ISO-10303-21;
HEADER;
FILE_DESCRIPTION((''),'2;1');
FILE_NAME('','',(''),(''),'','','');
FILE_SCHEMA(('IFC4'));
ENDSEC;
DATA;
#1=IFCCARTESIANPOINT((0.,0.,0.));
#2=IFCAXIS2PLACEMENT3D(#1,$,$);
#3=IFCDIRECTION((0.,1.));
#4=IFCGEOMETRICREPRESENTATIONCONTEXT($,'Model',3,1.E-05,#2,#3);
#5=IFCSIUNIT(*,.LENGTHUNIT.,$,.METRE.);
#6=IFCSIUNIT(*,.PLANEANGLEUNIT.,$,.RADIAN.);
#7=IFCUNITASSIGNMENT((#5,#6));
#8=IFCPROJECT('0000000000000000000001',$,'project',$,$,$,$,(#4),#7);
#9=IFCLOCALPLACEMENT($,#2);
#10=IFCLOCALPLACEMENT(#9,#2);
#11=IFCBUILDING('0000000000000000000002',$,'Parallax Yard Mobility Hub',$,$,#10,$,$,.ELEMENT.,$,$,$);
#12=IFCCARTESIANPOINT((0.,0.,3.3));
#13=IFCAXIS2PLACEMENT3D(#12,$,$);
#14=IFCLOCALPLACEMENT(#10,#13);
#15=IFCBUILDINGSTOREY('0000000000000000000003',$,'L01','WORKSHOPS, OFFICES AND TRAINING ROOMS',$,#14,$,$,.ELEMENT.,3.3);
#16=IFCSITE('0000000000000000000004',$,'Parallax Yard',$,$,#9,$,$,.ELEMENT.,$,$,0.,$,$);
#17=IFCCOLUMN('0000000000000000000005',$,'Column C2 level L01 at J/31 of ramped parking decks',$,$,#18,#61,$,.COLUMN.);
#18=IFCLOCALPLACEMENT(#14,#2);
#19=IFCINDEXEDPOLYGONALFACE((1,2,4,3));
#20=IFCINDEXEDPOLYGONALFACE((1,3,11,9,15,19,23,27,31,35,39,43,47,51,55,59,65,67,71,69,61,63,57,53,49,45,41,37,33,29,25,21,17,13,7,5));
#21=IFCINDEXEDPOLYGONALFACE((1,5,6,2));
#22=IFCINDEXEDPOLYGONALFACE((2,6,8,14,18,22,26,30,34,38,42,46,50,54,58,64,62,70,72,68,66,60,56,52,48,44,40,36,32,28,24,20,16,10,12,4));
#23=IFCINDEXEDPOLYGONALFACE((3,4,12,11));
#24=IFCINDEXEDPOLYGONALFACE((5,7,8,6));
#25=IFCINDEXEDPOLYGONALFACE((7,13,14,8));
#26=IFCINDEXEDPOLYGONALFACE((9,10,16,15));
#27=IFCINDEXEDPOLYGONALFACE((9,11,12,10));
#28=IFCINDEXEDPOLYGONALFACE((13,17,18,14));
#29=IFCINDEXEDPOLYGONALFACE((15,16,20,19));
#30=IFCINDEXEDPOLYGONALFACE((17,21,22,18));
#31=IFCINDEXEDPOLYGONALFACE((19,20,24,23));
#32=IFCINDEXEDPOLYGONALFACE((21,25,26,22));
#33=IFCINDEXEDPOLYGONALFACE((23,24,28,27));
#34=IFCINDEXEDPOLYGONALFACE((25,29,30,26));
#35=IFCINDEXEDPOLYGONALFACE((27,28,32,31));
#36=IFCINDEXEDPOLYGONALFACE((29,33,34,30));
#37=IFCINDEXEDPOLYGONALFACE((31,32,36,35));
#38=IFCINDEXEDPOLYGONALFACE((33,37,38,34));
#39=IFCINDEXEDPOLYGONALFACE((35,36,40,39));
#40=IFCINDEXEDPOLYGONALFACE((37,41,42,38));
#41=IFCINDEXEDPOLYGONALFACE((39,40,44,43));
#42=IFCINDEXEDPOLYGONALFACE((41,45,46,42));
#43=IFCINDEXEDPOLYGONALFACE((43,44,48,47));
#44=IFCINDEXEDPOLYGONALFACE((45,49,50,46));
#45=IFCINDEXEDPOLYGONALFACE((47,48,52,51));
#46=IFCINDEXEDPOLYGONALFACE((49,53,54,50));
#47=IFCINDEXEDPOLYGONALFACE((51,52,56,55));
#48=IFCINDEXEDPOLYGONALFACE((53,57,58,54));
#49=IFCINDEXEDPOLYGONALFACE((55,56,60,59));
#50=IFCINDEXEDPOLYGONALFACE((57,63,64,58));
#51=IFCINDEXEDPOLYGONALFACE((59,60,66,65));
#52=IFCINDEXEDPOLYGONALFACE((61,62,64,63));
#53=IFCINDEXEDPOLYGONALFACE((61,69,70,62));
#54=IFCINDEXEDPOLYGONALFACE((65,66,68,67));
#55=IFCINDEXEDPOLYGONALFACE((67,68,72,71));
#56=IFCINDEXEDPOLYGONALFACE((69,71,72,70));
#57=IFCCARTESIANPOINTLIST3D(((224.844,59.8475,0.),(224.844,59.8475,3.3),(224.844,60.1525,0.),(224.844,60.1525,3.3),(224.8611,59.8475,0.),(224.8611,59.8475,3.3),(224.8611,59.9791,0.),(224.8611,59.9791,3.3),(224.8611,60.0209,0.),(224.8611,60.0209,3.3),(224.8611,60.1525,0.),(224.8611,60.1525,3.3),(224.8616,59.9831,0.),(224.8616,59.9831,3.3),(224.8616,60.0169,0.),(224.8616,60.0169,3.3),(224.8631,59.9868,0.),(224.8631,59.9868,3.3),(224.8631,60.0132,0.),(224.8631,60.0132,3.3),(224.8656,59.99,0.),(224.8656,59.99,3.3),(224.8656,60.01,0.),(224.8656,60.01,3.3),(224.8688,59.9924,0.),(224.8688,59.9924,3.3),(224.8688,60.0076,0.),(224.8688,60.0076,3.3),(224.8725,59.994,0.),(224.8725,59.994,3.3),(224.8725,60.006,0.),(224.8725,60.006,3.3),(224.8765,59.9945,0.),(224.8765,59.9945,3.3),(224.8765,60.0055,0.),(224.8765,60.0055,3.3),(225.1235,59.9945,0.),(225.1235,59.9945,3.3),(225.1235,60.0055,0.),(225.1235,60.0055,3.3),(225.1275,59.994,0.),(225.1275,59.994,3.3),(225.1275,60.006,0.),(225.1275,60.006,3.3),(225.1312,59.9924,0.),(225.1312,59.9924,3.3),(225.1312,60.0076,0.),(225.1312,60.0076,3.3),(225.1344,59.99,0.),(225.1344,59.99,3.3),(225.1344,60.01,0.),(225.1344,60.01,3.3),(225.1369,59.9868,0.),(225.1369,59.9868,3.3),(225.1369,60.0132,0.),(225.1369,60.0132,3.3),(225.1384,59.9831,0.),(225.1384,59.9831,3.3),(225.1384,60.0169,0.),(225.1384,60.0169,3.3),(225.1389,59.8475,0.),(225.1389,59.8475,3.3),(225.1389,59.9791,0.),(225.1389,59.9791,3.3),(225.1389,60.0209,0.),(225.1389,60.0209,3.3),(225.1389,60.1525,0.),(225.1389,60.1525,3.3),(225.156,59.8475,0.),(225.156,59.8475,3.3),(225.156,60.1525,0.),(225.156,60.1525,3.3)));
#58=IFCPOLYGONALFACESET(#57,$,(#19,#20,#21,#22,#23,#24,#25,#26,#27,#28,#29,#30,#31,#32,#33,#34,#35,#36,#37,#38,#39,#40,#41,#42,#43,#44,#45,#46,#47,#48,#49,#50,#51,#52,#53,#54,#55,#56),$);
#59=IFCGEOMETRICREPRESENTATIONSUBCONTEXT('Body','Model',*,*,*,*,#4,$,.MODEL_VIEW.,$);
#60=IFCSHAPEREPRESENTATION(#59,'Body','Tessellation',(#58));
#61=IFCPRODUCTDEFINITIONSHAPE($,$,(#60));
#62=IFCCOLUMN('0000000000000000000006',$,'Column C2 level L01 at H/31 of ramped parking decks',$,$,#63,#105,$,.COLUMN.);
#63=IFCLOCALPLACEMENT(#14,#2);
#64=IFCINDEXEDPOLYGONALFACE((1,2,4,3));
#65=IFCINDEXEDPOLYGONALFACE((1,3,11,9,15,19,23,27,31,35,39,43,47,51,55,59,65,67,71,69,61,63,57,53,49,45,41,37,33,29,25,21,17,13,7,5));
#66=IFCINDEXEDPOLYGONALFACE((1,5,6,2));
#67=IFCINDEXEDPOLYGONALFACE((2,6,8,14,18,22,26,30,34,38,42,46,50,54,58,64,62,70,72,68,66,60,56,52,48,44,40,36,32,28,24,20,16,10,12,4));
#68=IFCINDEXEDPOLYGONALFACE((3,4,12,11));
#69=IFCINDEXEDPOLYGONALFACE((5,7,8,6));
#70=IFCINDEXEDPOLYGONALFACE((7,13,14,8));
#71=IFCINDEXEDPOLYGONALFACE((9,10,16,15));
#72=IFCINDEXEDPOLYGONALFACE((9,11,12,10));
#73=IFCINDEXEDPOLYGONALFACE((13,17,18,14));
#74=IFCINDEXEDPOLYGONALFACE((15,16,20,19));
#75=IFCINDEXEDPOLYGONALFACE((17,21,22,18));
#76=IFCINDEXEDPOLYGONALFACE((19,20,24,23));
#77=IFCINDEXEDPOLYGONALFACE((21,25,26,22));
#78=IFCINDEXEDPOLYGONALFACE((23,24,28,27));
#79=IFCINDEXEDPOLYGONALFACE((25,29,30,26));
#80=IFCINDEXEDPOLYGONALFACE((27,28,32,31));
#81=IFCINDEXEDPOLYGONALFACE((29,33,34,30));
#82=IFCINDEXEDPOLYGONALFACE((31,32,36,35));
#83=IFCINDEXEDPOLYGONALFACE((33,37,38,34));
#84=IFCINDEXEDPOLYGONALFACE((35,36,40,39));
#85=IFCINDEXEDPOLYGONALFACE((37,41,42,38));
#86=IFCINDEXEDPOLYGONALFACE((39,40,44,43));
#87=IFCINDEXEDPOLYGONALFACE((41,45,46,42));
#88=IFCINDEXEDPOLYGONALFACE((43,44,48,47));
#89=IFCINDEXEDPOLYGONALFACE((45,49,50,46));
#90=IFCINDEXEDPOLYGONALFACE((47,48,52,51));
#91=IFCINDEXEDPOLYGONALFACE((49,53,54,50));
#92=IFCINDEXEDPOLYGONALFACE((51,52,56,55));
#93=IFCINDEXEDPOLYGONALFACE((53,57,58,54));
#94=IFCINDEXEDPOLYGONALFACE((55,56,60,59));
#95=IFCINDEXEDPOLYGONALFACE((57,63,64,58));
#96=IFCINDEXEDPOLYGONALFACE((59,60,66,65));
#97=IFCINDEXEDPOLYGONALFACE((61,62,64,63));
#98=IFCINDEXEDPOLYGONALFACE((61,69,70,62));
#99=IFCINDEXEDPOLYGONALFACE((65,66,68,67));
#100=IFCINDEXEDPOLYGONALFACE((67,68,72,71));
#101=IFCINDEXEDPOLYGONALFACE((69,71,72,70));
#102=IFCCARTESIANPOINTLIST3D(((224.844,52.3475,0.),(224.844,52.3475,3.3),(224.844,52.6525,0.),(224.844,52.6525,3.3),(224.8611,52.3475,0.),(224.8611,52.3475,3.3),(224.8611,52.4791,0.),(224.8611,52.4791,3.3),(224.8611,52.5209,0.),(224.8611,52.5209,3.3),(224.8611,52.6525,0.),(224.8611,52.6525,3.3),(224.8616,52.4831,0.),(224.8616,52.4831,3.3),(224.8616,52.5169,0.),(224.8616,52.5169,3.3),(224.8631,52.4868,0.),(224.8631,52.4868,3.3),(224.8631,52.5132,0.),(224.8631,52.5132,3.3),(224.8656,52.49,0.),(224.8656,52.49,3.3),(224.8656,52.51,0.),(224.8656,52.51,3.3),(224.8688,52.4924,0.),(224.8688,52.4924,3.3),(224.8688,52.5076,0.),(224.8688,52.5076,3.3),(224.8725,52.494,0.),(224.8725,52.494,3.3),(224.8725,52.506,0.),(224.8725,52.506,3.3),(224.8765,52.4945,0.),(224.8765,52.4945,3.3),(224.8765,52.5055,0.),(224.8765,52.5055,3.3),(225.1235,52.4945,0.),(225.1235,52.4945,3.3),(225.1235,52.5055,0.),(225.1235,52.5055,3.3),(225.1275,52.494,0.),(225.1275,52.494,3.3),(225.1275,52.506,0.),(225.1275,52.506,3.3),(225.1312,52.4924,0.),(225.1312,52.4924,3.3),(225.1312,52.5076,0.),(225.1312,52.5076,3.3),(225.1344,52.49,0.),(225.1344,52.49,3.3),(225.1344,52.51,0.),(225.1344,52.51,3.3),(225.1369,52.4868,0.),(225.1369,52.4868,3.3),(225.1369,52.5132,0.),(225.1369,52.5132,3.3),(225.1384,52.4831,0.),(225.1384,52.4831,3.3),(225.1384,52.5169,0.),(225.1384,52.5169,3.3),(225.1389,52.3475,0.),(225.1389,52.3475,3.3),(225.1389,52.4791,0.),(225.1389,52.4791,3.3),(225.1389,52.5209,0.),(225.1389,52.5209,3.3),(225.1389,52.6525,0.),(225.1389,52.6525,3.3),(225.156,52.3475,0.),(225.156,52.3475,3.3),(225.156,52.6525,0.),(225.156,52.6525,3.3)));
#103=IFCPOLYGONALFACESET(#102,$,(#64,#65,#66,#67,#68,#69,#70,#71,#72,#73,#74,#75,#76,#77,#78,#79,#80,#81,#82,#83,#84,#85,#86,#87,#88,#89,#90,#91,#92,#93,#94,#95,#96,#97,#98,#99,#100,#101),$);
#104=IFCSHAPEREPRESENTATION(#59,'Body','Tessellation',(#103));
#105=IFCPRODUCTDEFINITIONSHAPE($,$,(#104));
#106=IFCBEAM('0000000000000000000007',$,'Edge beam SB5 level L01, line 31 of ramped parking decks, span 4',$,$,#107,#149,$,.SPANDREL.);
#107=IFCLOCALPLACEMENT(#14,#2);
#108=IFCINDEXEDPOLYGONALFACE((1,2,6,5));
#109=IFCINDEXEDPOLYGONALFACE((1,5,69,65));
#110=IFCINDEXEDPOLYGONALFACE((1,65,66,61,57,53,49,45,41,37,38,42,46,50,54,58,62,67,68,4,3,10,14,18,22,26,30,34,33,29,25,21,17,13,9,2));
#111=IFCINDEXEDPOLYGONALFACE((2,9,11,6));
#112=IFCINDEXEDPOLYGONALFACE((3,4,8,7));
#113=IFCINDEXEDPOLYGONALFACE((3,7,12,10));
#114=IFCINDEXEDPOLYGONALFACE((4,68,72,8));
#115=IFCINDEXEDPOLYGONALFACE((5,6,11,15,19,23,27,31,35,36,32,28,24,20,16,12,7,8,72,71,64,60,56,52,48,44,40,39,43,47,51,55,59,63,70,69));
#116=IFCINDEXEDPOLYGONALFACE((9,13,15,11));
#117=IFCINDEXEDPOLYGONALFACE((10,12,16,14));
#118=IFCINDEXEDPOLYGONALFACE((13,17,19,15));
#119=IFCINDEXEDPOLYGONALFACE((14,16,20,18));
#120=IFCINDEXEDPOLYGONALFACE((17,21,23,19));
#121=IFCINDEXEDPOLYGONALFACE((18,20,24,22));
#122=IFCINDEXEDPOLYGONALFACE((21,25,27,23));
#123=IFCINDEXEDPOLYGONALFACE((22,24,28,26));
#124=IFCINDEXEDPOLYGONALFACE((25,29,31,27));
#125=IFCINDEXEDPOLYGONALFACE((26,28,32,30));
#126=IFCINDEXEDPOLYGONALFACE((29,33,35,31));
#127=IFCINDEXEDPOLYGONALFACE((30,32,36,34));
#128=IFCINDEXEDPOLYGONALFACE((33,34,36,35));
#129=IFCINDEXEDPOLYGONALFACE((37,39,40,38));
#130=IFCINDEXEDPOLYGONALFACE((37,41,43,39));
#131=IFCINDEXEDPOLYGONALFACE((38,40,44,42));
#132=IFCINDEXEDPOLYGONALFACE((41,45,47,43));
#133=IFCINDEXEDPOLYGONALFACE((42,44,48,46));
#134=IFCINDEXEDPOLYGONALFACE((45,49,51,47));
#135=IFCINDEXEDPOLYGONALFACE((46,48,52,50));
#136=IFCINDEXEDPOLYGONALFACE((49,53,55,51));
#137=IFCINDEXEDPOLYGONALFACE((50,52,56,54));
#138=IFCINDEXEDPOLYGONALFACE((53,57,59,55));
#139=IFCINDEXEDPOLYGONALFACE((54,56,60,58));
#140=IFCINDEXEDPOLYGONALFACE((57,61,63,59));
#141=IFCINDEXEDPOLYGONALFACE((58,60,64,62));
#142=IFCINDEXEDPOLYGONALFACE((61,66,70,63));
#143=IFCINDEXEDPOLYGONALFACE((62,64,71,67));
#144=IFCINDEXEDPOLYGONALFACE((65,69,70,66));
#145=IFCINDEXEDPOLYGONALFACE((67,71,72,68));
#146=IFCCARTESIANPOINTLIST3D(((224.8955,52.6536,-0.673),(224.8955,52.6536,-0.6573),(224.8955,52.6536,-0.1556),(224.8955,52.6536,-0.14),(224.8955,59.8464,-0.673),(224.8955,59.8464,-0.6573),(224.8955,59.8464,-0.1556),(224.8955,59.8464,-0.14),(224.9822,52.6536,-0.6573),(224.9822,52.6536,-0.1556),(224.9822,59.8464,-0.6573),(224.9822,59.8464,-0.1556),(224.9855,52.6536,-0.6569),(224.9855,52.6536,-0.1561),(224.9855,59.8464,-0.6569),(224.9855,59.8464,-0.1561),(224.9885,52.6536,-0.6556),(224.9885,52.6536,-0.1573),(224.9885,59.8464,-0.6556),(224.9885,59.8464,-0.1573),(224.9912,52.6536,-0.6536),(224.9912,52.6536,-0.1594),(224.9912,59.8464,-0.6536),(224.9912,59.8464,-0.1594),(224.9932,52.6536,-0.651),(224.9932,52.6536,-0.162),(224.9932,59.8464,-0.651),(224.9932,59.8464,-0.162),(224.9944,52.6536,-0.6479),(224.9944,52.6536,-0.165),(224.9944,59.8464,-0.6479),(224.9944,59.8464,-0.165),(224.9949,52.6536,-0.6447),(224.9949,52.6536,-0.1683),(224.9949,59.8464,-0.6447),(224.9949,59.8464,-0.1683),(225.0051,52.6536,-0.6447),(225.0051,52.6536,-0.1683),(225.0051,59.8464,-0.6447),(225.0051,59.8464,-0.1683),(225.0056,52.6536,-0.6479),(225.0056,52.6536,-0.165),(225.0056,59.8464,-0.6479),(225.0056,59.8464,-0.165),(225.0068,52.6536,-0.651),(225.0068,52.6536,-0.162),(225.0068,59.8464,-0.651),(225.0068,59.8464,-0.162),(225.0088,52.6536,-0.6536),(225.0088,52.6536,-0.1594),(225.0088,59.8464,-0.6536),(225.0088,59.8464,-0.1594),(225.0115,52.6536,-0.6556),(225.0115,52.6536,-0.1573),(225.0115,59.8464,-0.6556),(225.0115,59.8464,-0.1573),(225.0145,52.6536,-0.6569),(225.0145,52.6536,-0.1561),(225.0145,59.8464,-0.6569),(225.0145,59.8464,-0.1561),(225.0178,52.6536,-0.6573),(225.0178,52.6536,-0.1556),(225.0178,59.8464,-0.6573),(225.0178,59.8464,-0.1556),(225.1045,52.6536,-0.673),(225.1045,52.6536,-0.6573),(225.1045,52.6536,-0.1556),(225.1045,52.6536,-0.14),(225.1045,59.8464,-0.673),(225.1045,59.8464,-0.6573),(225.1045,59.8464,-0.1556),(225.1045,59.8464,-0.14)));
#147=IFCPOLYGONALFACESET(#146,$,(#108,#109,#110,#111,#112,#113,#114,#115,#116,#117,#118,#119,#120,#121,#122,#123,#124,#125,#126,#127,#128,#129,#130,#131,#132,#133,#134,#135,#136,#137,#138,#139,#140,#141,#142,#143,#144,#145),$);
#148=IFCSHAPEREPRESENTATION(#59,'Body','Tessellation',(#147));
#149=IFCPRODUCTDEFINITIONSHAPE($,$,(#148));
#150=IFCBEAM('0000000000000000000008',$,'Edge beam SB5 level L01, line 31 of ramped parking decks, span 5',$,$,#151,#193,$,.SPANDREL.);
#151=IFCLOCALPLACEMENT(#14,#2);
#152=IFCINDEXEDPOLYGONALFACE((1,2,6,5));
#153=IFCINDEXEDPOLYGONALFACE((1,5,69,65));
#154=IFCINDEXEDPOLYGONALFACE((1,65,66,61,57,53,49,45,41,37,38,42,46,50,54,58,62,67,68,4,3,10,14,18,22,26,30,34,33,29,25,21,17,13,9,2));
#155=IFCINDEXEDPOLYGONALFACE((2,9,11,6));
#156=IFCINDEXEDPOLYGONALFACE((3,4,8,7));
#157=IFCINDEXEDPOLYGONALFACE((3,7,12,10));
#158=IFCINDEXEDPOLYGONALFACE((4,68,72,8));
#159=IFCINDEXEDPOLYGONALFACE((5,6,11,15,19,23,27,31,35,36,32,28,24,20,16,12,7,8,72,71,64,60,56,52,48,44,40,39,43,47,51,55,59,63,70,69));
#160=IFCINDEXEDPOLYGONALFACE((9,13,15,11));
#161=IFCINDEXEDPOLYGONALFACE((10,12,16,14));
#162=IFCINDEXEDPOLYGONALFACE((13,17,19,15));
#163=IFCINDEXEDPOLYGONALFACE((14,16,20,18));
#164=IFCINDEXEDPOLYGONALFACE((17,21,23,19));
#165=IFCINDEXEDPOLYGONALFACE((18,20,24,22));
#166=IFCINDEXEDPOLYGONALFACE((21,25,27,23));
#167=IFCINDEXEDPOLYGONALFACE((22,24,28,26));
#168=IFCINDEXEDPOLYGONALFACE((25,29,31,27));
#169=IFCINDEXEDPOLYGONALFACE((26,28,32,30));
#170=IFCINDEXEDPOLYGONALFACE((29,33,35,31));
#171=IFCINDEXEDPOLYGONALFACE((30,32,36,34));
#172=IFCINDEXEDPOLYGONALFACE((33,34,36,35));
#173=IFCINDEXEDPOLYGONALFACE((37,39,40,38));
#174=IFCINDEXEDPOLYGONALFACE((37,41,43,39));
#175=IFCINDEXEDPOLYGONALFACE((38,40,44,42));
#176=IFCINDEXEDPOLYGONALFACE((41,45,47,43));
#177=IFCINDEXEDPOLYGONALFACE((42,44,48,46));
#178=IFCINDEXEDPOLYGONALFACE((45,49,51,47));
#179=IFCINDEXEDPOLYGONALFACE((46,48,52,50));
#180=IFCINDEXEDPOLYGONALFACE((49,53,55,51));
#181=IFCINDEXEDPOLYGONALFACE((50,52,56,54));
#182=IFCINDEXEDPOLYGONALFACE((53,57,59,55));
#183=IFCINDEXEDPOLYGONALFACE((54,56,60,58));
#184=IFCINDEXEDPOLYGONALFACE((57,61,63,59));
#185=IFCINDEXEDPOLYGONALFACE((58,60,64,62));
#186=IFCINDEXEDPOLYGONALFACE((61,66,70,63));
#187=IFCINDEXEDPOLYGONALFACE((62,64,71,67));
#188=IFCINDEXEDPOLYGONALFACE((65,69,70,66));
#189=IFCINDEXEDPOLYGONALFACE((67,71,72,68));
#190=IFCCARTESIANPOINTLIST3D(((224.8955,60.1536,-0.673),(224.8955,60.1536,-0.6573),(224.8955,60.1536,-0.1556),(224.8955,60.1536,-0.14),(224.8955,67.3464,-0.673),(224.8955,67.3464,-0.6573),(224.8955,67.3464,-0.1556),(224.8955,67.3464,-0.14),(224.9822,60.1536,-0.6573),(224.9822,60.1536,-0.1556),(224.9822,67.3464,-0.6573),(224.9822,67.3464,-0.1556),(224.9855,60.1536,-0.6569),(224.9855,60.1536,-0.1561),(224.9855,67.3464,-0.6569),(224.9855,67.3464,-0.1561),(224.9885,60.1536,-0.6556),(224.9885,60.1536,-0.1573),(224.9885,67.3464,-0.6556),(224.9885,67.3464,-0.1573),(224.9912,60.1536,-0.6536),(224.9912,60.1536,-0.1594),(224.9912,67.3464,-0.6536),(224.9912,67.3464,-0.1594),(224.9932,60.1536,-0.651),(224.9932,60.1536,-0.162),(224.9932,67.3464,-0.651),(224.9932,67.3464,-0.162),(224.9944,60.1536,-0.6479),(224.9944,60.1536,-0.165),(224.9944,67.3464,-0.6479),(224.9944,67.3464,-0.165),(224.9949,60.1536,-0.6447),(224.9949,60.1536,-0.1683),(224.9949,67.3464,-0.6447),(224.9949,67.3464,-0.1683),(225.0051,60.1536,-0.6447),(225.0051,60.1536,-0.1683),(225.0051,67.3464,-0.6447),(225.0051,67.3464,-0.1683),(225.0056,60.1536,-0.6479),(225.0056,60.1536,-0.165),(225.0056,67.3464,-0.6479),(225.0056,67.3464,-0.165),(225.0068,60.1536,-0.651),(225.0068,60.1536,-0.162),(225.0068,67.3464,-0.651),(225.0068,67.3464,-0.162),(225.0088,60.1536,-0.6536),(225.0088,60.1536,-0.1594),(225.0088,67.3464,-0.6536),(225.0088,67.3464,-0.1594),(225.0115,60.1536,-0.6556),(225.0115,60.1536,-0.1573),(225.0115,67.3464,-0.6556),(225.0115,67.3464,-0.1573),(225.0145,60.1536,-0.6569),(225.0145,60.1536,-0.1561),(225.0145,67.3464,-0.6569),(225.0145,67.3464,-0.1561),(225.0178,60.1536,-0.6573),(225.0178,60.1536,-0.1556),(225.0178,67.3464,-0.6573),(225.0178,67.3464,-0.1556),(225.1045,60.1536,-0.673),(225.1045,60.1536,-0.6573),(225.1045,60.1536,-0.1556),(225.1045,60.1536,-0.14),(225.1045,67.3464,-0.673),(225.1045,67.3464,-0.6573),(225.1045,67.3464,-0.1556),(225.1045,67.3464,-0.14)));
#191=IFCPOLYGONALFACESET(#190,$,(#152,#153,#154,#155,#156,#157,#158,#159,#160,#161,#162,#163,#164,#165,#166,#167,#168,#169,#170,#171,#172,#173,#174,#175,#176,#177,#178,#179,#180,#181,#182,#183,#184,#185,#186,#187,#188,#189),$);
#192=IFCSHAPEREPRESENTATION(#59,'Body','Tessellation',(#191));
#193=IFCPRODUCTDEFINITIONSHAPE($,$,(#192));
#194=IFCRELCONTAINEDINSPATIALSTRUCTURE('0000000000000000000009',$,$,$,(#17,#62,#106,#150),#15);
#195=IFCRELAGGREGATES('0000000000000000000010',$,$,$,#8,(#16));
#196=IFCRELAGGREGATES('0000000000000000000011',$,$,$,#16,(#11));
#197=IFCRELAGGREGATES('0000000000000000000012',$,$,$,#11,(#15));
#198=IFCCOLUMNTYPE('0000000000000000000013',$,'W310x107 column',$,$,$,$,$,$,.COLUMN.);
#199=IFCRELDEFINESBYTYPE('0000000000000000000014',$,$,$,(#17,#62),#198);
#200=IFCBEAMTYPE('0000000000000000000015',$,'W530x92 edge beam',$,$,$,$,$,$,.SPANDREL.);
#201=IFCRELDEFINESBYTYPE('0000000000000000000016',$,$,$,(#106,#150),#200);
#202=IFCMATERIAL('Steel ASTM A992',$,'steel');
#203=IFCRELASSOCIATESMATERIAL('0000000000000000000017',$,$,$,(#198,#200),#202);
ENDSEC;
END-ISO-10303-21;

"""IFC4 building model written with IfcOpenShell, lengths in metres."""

from ifc_helpers import new_model, si_unit, direction, frame, origin, origin_2d, place, context, subcontext, project, spatial, i_section, extrude, material, material_profile, profile_set, type_object, element, save


model = new_model("IFC4")

# Units and contexts
model_context = context("Model", 3, precision=1e-05, world=origin(), true_north=direction((0.0, 1.0)))
body_context = subcontext(model_context, "Body", "Model", "MODEL_VIEW")
ifc_project = project(units=[si_unit("LENGTHUNIT", "METRE"), si_unit("PLANEANGLEUNIT", "RADIAN")], contexts=[model_context])

# Site, building, storey
site_placement = place(None, origin())
site = spatial("IfcSite", under=ifc_project, at=site_placement, Name="Parallax Yard", CompositionType="ELEMENT", RefElevation=0.0)
building_placement = place(site_placement, origin())
building = spatial("IfcBuilding", under=site, at=building_placement, Name="Parallax Yard Mobility Hub", CompositionType="ELEMENT")
storey_placement = place(building_placement, frame((0.0, 0.0, 3.3)))
storey = spatial("IfcBuildingStorey", under=building, at=storey_placement, Name="L01", Description="WORKSHOPS, OFFICES AND TRAINING ROOMS", CompositionType="ELEMENT", Elevation=3.3)

# Columns
ifc_material_1 = material(Name="Steel ASTM A992", Category="steel")
ifc_material_profile_1 = material_profile(ifc_material_1, i_section(OverallWidth=0.3049, OverallDepth=0.312, WebThickness=0.011, FlangeThickness=0.0171, FilletRadius=0.0154, at=origin_2d()), Name="W310x107")
ifc_profile_set_1 = profile_set([ifc_material_profile_1], Name="Steel ASTM A992")
column_type = type_object("IfcColumnType", Name="W310x107 column", PredefinedType="COLUMN", material=ifc_profile_set_1)
for number, where, z_axis, x_axis, name in (
    (1, (225.0, 60.0, 0.0), (0.0, 0.0, 1.0), (0.0, 1.0, 0.0), "Column C2 level L01 at J/31 of ramped parking decks"),
    (2, (225.0, 52.5, 0.0), (0.0, 0.0, 1.0), (0.0, 1.0, 0.0), "Column C2 level L01 at H/31 of ramped parking decks"),
):
    element("IfcColumn", number, at=place(storey_placement, frame(where, z_axis=z_axis, x_axis=x_axis)), inside=storey, type_object=column_type, Name=name, PredefinedType="COLUMN", context=body_context, shape_type="SweptSolid", body=[
        extrude(i_section(OverallWidth=0.3049, OverallDepth=0.312, WebThickness=0.011, FlangeThickness=0.0171, FilletRadius=0.0154, at=origin_2d()), origin(), (0.0, 0.0, 1.0), 3.3),
    ])

# Beams
ifc_material_profile_2 = material_profile(ifc_material_1, i_section(OverallWidth=0.209, OverallDepth=0.533, WebThickness=0.0103, FlangeThickness=0.0156, FilletRadius=0.0127, at=origin_2d()), Name="W530x92")
ifc_profile_set_2 = profile_set([ifc_material_profile_2], Name="Steel ASTM A992")
beam_type = type_object("IfcBeamType", Name="W530x92 edge beam", PredefinedType="SPANDREL", material=ifc_profile_set_2)
for number, where, z_axis, x_axis, name in (
    (3, (225.0, 52.6536, -0.4065), (0.0, 1.0, 0.0), (-1.0, 0.0, 0.0), "Edge beam SB5 level L01, line 31 of ramped parking decks, span 4"),
    (4, (225.0, 60.1536, -0.4065), (0.0, 1.0, 0.0), (-1.0, 0.0, 0.0), "Edge beam SB5 level L01, line 31 of ramped parking decks, span 5"),
):
    element("IfcBeam", number, at=place(storey_placement, frame(where, z_axis=z_axis, x_axis=x_axis)), inside=storey, type_object=beam_type, Name=name, PredefinedType="SPANDREL", context=body_context, shape_type="SweptSolid", body=[
        extrude(i_section(OverallWidth=0.209, OverallDepth=0.533, WebThickness=0.0103, FlangeThickness=0.0156, FilletRadius=0.0127, at=origin_2d()), origin(), (0.0, 0.0, 1.0), 7.1929),
    ])

save(model, "model.ifc")
